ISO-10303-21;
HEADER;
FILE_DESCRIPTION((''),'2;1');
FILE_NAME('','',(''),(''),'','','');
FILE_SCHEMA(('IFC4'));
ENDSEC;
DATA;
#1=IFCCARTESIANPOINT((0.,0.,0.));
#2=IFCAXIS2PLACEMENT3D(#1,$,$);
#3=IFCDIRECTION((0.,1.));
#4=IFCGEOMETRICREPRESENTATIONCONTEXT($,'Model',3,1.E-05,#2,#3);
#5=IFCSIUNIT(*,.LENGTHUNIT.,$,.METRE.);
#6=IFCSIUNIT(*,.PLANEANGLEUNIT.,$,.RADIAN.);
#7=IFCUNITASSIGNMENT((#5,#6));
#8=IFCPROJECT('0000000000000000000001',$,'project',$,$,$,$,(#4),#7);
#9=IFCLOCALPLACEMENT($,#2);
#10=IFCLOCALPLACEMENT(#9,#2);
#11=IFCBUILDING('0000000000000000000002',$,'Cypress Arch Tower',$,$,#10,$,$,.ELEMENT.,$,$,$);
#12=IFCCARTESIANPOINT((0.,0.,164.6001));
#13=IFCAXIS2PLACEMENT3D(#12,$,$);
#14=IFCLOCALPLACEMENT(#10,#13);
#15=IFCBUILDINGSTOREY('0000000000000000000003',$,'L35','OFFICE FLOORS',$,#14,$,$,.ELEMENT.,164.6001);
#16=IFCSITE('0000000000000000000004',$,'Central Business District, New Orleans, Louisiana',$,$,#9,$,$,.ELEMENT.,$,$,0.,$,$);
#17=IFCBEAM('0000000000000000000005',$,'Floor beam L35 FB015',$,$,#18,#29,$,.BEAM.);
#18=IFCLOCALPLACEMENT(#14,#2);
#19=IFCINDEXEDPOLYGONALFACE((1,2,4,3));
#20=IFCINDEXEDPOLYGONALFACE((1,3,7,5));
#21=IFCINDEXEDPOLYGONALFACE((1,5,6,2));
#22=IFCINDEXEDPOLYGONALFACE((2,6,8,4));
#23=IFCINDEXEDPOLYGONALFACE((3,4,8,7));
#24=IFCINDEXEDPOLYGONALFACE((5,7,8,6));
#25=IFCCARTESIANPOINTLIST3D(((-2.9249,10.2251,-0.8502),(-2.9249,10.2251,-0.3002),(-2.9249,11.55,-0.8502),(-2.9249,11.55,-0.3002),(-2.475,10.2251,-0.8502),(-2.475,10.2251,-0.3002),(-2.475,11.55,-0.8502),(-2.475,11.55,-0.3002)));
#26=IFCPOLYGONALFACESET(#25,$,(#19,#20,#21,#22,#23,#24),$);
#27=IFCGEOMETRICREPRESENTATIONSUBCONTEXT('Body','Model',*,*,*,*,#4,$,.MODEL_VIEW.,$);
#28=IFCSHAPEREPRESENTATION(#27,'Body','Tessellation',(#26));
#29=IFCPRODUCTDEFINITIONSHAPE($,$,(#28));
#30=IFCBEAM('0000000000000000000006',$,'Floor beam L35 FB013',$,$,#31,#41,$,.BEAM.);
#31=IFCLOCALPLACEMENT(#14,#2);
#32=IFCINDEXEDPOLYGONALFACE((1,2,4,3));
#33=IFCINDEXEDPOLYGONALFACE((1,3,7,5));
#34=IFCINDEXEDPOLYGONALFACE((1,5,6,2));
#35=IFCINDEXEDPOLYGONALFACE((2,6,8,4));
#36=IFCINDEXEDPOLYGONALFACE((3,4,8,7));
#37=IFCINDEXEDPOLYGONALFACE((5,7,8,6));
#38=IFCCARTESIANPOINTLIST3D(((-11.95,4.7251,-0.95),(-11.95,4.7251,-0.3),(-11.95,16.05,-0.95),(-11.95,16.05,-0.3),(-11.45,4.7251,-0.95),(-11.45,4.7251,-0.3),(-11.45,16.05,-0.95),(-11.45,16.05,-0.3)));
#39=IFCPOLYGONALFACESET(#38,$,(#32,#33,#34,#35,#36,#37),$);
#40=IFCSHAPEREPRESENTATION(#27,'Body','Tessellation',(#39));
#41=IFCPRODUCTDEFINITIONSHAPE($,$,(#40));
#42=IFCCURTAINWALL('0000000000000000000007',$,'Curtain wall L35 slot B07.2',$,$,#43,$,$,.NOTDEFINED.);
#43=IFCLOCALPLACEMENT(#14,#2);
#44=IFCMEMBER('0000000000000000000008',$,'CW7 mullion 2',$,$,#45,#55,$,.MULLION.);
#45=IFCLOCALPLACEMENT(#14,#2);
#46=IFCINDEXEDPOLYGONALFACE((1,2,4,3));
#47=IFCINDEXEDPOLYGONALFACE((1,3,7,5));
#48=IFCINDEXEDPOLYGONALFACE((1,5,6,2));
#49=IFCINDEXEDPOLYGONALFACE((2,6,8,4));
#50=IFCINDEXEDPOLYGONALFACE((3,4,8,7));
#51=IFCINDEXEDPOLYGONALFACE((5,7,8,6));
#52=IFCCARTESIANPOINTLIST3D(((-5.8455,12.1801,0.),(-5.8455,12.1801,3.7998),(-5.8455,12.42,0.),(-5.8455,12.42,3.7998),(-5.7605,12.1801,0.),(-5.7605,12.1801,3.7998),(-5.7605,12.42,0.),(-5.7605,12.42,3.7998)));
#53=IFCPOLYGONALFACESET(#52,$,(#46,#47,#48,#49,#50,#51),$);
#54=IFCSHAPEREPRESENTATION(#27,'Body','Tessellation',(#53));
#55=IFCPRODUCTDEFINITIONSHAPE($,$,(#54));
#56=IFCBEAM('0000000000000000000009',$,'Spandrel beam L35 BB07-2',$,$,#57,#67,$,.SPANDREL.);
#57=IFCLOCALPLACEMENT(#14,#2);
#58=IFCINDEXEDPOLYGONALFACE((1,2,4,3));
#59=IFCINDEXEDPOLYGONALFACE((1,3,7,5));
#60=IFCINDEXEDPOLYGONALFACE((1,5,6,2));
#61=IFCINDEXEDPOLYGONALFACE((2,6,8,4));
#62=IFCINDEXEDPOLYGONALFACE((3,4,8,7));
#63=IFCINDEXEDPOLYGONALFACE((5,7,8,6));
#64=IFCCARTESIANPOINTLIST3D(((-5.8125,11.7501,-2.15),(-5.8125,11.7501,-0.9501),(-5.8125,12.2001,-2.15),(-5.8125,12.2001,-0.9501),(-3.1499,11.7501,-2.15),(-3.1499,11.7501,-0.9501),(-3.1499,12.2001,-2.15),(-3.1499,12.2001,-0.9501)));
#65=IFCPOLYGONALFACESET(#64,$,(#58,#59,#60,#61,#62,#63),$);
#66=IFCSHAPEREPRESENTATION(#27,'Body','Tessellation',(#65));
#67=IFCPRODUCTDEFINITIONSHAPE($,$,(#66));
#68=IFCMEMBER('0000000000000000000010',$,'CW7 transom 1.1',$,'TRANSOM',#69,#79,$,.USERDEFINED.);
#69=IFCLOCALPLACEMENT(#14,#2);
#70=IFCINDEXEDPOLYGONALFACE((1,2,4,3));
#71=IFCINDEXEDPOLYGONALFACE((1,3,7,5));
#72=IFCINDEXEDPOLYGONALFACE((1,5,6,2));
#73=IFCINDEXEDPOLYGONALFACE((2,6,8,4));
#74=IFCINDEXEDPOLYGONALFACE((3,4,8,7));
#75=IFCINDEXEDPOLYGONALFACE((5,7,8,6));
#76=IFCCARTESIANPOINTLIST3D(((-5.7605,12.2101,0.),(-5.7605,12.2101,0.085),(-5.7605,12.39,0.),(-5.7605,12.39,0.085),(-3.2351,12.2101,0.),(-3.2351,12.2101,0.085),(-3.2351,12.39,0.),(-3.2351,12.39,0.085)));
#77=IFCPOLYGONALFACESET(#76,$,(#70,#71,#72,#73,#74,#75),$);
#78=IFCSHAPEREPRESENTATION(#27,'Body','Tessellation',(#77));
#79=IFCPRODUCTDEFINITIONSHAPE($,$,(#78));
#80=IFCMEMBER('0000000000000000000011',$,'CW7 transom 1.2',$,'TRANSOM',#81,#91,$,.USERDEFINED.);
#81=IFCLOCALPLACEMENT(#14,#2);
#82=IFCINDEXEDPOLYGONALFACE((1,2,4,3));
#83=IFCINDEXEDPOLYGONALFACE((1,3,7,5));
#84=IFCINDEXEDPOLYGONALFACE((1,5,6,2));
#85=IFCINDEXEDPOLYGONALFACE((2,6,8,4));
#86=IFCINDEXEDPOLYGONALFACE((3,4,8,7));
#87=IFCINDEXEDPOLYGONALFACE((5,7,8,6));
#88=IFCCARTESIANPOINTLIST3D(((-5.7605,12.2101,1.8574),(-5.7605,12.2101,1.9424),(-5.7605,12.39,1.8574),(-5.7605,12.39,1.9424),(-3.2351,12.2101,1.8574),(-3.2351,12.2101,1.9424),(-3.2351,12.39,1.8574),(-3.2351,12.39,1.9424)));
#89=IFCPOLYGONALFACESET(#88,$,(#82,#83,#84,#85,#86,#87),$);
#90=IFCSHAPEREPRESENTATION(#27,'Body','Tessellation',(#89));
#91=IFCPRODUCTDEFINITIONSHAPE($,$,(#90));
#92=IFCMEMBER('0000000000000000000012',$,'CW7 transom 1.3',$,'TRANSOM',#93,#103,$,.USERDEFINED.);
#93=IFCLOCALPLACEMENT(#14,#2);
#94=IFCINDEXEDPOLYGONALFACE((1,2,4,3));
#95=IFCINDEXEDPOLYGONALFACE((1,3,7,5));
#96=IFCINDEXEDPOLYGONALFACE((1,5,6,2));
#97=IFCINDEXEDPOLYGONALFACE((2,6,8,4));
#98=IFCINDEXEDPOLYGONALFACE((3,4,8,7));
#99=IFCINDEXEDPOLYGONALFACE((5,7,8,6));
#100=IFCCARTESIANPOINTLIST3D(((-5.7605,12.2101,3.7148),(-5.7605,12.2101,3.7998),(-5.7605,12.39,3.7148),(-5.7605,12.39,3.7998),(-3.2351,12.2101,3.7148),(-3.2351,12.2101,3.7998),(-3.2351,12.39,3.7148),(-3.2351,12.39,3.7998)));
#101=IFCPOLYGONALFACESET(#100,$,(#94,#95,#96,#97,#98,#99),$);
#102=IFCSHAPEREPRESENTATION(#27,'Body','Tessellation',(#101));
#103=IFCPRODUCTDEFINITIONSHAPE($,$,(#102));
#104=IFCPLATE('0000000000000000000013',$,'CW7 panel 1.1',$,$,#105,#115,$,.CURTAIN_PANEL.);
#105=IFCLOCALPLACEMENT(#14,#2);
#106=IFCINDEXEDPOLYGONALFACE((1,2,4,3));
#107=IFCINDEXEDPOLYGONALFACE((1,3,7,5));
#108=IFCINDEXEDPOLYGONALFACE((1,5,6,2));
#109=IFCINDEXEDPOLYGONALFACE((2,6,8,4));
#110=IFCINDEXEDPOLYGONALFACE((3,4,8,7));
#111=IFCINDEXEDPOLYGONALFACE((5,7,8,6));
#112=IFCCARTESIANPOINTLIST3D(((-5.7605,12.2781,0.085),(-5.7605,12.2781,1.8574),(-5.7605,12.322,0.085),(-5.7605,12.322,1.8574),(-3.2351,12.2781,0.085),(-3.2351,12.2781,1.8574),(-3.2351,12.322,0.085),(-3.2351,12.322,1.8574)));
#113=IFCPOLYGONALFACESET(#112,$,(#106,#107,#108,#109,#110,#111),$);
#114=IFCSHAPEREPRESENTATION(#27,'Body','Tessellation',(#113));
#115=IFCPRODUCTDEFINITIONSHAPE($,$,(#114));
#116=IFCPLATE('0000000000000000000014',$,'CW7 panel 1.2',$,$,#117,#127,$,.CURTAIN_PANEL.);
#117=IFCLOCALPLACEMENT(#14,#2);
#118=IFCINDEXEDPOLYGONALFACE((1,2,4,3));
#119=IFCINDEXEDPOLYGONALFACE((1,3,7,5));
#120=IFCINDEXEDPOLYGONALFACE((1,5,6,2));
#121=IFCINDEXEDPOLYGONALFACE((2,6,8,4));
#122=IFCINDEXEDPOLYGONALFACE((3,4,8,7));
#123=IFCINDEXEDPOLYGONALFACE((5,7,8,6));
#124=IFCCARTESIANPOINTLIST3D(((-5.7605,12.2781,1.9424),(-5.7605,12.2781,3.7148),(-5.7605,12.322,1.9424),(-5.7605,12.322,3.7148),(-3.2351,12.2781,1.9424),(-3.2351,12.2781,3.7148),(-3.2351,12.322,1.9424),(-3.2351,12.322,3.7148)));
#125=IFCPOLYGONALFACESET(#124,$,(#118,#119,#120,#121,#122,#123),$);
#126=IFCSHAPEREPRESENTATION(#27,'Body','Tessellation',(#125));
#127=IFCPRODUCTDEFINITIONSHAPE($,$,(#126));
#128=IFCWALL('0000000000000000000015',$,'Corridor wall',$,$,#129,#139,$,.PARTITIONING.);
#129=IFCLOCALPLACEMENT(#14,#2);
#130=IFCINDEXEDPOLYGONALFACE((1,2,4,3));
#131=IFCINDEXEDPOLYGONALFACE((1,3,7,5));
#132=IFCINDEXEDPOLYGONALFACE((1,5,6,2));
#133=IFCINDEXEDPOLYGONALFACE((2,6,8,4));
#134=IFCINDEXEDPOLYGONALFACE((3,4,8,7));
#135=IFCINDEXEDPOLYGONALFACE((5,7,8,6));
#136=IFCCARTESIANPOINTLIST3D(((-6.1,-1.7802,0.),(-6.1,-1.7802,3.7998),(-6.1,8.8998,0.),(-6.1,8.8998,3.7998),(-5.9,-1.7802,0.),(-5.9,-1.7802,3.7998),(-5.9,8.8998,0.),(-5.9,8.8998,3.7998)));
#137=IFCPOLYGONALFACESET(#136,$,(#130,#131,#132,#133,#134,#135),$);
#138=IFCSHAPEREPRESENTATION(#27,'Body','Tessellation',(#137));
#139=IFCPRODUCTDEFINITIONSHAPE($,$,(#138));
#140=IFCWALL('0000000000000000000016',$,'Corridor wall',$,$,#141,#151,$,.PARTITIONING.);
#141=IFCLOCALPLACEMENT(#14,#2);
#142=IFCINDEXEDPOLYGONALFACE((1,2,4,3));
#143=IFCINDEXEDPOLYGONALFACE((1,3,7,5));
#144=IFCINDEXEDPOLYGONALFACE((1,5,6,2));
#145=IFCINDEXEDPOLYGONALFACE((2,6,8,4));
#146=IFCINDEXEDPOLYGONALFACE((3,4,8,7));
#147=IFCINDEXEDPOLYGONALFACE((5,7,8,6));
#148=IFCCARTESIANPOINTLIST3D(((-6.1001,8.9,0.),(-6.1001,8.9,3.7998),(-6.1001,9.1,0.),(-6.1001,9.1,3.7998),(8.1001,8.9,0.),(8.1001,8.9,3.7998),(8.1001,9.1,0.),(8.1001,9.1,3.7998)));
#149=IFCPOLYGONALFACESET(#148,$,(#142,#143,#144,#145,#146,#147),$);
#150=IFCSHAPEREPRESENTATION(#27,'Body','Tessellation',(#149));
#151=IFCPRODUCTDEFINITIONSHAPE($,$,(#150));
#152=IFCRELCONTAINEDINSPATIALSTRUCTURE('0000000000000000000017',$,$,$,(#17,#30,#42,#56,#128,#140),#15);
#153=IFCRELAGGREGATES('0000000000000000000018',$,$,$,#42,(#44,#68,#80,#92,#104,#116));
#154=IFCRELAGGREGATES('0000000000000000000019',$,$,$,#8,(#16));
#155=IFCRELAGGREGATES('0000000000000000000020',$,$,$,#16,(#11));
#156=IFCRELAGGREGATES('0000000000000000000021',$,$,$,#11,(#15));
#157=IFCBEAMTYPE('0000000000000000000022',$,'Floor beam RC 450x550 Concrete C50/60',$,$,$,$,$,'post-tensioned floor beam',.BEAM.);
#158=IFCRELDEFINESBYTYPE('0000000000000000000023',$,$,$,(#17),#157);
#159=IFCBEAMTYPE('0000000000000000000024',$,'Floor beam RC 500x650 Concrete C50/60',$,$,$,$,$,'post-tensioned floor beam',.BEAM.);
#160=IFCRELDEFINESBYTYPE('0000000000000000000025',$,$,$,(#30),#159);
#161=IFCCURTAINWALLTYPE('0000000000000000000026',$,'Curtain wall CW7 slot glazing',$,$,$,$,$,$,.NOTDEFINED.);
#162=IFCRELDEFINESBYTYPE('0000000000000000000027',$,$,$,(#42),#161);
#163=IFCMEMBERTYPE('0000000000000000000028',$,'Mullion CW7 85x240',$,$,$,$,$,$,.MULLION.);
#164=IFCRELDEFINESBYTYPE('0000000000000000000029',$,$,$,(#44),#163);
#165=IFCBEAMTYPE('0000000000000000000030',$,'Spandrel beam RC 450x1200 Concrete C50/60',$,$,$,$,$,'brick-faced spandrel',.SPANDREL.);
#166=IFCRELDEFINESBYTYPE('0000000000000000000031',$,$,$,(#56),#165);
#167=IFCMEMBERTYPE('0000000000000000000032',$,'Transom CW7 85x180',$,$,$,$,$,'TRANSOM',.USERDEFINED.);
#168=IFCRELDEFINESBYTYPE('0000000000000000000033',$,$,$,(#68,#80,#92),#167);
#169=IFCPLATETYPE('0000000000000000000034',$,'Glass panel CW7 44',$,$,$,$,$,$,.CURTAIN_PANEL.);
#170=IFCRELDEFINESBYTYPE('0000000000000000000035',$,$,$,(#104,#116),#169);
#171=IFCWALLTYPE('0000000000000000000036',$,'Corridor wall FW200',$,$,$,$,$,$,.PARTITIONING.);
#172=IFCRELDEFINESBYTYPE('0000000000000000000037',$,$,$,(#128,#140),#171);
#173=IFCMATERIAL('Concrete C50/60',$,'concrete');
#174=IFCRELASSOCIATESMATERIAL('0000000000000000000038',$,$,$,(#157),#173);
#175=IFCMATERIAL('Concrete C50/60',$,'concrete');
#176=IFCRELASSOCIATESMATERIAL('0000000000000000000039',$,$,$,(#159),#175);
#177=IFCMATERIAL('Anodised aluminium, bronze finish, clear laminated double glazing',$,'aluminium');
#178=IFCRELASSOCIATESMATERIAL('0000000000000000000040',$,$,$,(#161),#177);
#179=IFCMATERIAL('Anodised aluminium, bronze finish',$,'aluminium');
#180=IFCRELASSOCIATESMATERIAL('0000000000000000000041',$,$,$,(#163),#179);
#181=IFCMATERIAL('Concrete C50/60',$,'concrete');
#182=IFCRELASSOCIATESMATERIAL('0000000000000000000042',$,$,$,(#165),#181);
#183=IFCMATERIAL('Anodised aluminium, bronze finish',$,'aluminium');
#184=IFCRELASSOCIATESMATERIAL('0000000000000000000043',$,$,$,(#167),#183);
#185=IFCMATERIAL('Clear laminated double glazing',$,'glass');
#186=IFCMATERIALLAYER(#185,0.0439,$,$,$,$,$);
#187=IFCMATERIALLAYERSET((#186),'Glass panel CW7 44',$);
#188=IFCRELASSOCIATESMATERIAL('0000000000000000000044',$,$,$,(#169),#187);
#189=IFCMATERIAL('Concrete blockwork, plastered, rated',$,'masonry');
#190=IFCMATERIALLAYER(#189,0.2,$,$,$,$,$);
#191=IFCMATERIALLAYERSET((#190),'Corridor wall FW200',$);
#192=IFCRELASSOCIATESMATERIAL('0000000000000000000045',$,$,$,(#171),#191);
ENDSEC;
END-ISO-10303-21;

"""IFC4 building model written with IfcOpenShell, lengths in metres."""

from ifc_helpers import new_model, si_unit, direction, frame, frame_2d, origin, origin_2d, place, context, subcontext, project, spatial, rectangle, extrude, material, layer, layer_set, material_profile, profile_set, type_object, element, aggregate, save


model = new_model("IFC4")

# Units and contexts
model_context = context("Model", 3, precision=1e-05, world=origin(), true_north=direction((0.0, 1.0)))
body_context = subcontext(model_context, "Body", "Model", "MODEL_VIEW")
ifc_project = project(units=[si_unit("LENGTHUNIT", "METRE"), si_unit("PLANEANGLEUNIT", "RADIAN")], contexts=[model_context])

# Site, building, storey
site_placement = place(None, origin())
site = spatial("IfcSite", under=ifc_project, at=site_placement, Name="Central Business District, New Orleans, Louisiana", CompositionType="ELEMENT", RefElevation=0.0)
building_placement = place(site_placement, origin())
building = spatial("IfcBuilding", under=site, at=building_placement, Name="Cypress Arch Tower", CompositionType="ELEMENT")
storey_placement = place(building_placement, frame((0.0, 0.0, 164.6001)))
storey = spatial("IfcBuildingStorey", under=building, at=storey_placement, Name="L35", Description="OFFICE FLOORS", CompositionType="ELEMENT", Elevation=164.6001)

# Beams
ifc_material_1 = material(Name="Concrete C50/60", Category="concrete")
ifc_material_profile_1 = material_profile(ifc_material_1, rectangle(XDim=0.45, YDim=0.55, at=origin_2d()), Name="RC 450x550")
ifc_profile_set_1 = profile_set([ifc_material_profile_1], Name="Concrete C50/60")
beam_type_1 = type_object("IfcBeamType", Name="Floor beam RC 450x550 Concrete C50/60", ElementType="post-tensioned floor beam", PredefinedType="BEAM", material=ifc_profile_set_1)
beam_1_placement = place(storey_placement, frame((-2.7, 10.2251, -0.5752), z_axis=(0.0, 1.0, 0.0), x_axis=(-1.0, 0.0, 0.0)))
element("IfcBeam", 1, at=beam_1_placement, inside=storey, type_object=beam_type_1, Name="Floor beam L35 FB015", PredefinedType="BEAM", context=body_context, shape_type="SweptSolid", body=[
    extrude(rectangle(XDim=0.45, YDim=0.55, at=origin_2d()), origin(), (0.0, 0.0, 1.0), 1.325),
])
ifc_material_2 = material(Name="Concrete C50/60", Category="concrete")
ifc_material_profile_2 = material_profile(ifc_material_2, rectangle(XDim=0.5, YDim=0.6499, at=origin_2d()), Name="RC 500x650")
ifc_profile_set_2 = profile_set([ifc_material_profile_2], Name="Concrete C50/60")
beam_type_2 = type_object("IfcBeamType", Name="Floor beam RC 500x650 Concrete C50/60", ElementType="post-tensioned floor beam", PredefinedType="BEAM", material=ifc_profile_set_2)
beam_2_placement = place(storey_placement, frame((-11.7, 4.7251, -0.625), z_axis=(0.0, 1.0, 0.0), x_axis=(-1.0, 0.0, 0.0)))
element("IfcBeam", 2, at=beam_2_placement, inside=storey, type_object=beam_type_2, Name="Floor beam L35 FB013", PredefinedType="BEAM", context=body_context, shape_type="SweptSolid", body=[
    extrude(rectangle(XDim=0.5, YDim=0.6499, at=origin_2d()), origin(), (0.0, 0.0, 1.0), 11.325),
])

# Curtain wall, member
ifc_material_3 = material(Name="Anodised aluminium, bronze finish, clear laminated double glazing", Category="aluminium")
curtain_wall_type = type_object("IfcCurtainWallType", Name="Curtain wall CW7 slot glazing", PredefinedType="NOTDEFINED", material=ifc_material_3)
curtain_wall_placement = place(storey_placement, origin())
curtain_wall = element("IfcCurtainWall", 3, at=curtain_wall_placement, inside=storey, type_object=curtain_wall_type, Name="Curtain wall L35 slot B07.2", PredefinedType="NOTDEFINED")
ifc_material_4 = material(Name="Anodised aluminium, bronze finish", Category="aluminium")
ifc_material_profile_3 = material_profile(ifc_material_4, rectangle(XDim=0.24, YDim=0.085, at=origin_2d()), Name="Mullion 85x240")
ifc_profile_set_3 = profile_set([ifc_material_profile_3], Name="Anodised aluminium, bronze finish")
member_type_1 = type_object("IfcMemberType", Name="Mullion CW7 85x240", PredefinedType="MULLION", material=ifc_profile_set_3)
member_1_placement = place(storey_placement, frame((-5.803, 12.3, 0.0), z_axis=(0.0, 0.0, 1.0), x_axis=(0.0, -1.0, 0.0)))
member_1 = element("IfcMember", 4, at=member_1_placement, type_object=member_type_1, Name="CW7 mullion 2", PredefinedType="MULLION", context=body_context, shape_type="SweptSolid", body=[
    extrude(rectangle(XDim=0.24, YDim=0.085, at=origin_2d()), origin(), (0.0, 0.0, 1.0), 3.7998),
])

# Beam
ifc_material_5 = material(Name="Concrete C50/60", Category="concrete")
ifc_material_profile_4 = material_profile(ifc_material_5, rectangle(XDim=0.45, YDim=1.2, at=origin_2d()), Name="RC 450x1200")
ifc_profile_set_4 = profile_set([ifc_material_profile_4], Name="Concrete C50/60")
beam_type_3 = type_object("IfcBeamType", Name="Spandrel beam RC 450x1200 Concrete C50/60", ElementType="brick-faced spandrel", PredefinedType="SPANDREL", material=ifc_profile_set_4)
beam_3_placement = place(storey_placement, frame((-3.1499, 11.9751, -1.55), z_axis=(-1.0, 0.0, 0.0), x_axis=(0.0, -1.0, 0.0)))
element("IfcBeam", 5, at=beam_3_placement, inside=storey, type_object=beam_type_3, Name="Spandrel beam L35 BB07-2", PredefinedType="SPANDREL", context=body_context, shape_type="SweptSolid", body=[
    extrude(rectangle(XDim=0.45, YDim=1.2, at=origin_2d()), origin(), (0.0, 0.0, 1.0), 2.6626),
])

# Members
ifc_material_6 = material(Name="Anodised aluminium, bronze finish", Category="aluminium")
ifc_material_profile_5 = material_profile(ifc_material_6, rectangle(XDim=0.1799, YDim=0.085, at=origin_2d()), Name="Transom 85x180")
ifc_profile_set_5 = profile_set([ifc_material_profile_5], Name="Anodised aluminium, bronze finish")
member_type_2 = type_object("IfcMemberType", Name="Transom CW7 85x180", ElementType="TRANSOM", PredefinedType="USERDEFINED", material=ifc_profile_set_5)
member_2_placement = place(storey_placement, frame((-3.2351, 12.3, 0.0425), z_axis=(-1.0, 0.0, 0.0), x_axis=(0.0, -1.0, 0.0)))
member_2 = element("IfcMember", 6, at=member_2_placement, type_object=member_type_2, Name="CW7 transom 1.1", ObjectType="TRANSOM", PredefinedType="USERDEFINED", context=body_context, shape_type="SweptSolid", body=[
    extrude(rectangle(XDim=0.1799, YDim=0.085, at=origin_2d()), origin(), (0.0, 0.0, 1.0), 2.5254),
])
member_3_placement = place(storey_placement, frame((-3.2351, 12.3, 1.8999), z_axis=(-1.0, 0.0, 0.0), x_axis=(0.0, -1.0, 0.0)))
member_3 = element("IfcMember", 7, at=member_3_placement, type_object=member_type_2, Name="CW7 transom 1.2", ObjectType="TRANSOM", PredefinedType="USERDEFINED", context=body_context, shape_type="SweptSolid", body=[
    extrude(rectangle(XDim=0.1799, YDim=0.085, at=origin_2d()), origin(), (0.0, 0.0, 1.0), 2.5254),
])
member_4_placement = place(storey_placement, frame((-3.2351, 12.3, 3.7573), z_axis=(-1.0, 0.0, 0.0), x_axis=(0.0, -1.0, 0.0)))
member_4 = element("IfcMember", 8, at=member_4_placement, type_object=member_type_2, Name="CW7 transom 1.3", ObjectType="TRANSOM", PredefinedType="USERDEFINED", context=body_context, shape_type="SweptSolid", body=[
    extrude(rectangle(XDim=0.1799, YDim=0.085, at=origin_2d()), origin(), (0.0, 0.0, 1.0), 2.5254),
])

# Plates
ifc_material_7 = material(Name="Clear laminated double glazing", Category="glass")
ifc_layer_1 = layer(ifc_material_7, 0.0439)
ifc_layer_set_1 = layer_set([ifc_layer_1], Name="Glass panel CW7 44")
plate_type = type_object("IfcPlateType", Name="Glass panel CW7 44", PredefinedType="CURTAIN_PANEL", material=ifc_layer_set_1)
plate_1_placement = place(storey_placement, frame((-4.4978, 12.3, 0.085), z_axis=(0.0, 0.0, 1.0), x_axis=(-1.0, 0.0, 0.0)))
plate_1 = element("IfcPlate", 9, at=plate_1_placement, type_object=plate_type, Name="CW7 panel 1.1", PredefinedType="CURTAIN_PANEL", context=body_context, shape_type="SweptSolid", body=[
    extrude(rectangle(XDim=2.5254, YDim=0.0439, at=origin_2d()), origin(), (0.0, 0.0, 1.0), 1.7725),
])
plate_2_placement = place(storey_placement, frame((-4.4978, 12.3, 1.9424), z_axis=(0.0, 0.0, 1.0), x_axis=(-1.0, 0.0, 0.0)))
plate_2 = element("IfcPlate", 10, at=plate_2_placement, type_object=plate_type, Name="CW7 panel 1.2", PredefinedType="CURTAIN_PANEL", context=body_context, shape_type="SweptSolid", body=[
    extrude(rectangle(XDim=2.5254, YDim=0.0439, at=origin_2d()), origin(), (0.0, 0.0, 1.0), 1.7725),
])
aggregate(curtain_wall, [member_1, member_2, member_3, member_4, plate_1, plate_2])

# Shared definitions
ifc_material_8 = material(Name="Concrete blockwork, plastered, rated", Category="masonry")
ifc_layer_2 = layer(ifc_material_8, 0.2)
ifc_layer_set_2 = layer_set([ifc_layer_2], Name="Corridor wall FW200")
wall_type = type_object("IfcWallType", Name="Corridor wall FW200", PredefinedType="PARTITIONING", material=ifc_layer_set_2)

# Walls
wall_1_placement = place(storey_placement, frame((-6.0, -1.78, 0.0), z_axis=(0.0, 0.0, 1.0), x_axis=(0.0, 1.0, 0.0)))
element("IfcWall", 11, at=wall_1_placement, inside=storey, type_object=wall_type, Name="Corridor wall", PredefinedType="PARTITIONING", context=body_context, shape_type="SweptSolid", body=[
    extrude(rectangle(XDim=10.6799, YDim=0.2, at=frame_2d((5.3398, 0.0))), origin(), (0.0, 0.0, 1.0), 3.7998),
])
wall_2_placement = place(storey_placement, frame((-6.1001, 9.0, 0.0), z_axis=(0.0, 0.0, 1.0), x_axis=(1.0, 0.0, 0.0)))
element("IfcWall", 12, at=wall_2_placement, inside=storey, type_object=wall_type, Name="Corridor wall", PredefinedType="PARTITIONING", context=body_context, shape_type="SweptSolid", body=[
    extrude(rectangle(XDim=14.2002, YDim=0.2, at=frame_2d((7.1001, 0.0))), origin(), (0.0, 0.0, 1.0), 3.7998),
])

save(model, "model.ifc")
